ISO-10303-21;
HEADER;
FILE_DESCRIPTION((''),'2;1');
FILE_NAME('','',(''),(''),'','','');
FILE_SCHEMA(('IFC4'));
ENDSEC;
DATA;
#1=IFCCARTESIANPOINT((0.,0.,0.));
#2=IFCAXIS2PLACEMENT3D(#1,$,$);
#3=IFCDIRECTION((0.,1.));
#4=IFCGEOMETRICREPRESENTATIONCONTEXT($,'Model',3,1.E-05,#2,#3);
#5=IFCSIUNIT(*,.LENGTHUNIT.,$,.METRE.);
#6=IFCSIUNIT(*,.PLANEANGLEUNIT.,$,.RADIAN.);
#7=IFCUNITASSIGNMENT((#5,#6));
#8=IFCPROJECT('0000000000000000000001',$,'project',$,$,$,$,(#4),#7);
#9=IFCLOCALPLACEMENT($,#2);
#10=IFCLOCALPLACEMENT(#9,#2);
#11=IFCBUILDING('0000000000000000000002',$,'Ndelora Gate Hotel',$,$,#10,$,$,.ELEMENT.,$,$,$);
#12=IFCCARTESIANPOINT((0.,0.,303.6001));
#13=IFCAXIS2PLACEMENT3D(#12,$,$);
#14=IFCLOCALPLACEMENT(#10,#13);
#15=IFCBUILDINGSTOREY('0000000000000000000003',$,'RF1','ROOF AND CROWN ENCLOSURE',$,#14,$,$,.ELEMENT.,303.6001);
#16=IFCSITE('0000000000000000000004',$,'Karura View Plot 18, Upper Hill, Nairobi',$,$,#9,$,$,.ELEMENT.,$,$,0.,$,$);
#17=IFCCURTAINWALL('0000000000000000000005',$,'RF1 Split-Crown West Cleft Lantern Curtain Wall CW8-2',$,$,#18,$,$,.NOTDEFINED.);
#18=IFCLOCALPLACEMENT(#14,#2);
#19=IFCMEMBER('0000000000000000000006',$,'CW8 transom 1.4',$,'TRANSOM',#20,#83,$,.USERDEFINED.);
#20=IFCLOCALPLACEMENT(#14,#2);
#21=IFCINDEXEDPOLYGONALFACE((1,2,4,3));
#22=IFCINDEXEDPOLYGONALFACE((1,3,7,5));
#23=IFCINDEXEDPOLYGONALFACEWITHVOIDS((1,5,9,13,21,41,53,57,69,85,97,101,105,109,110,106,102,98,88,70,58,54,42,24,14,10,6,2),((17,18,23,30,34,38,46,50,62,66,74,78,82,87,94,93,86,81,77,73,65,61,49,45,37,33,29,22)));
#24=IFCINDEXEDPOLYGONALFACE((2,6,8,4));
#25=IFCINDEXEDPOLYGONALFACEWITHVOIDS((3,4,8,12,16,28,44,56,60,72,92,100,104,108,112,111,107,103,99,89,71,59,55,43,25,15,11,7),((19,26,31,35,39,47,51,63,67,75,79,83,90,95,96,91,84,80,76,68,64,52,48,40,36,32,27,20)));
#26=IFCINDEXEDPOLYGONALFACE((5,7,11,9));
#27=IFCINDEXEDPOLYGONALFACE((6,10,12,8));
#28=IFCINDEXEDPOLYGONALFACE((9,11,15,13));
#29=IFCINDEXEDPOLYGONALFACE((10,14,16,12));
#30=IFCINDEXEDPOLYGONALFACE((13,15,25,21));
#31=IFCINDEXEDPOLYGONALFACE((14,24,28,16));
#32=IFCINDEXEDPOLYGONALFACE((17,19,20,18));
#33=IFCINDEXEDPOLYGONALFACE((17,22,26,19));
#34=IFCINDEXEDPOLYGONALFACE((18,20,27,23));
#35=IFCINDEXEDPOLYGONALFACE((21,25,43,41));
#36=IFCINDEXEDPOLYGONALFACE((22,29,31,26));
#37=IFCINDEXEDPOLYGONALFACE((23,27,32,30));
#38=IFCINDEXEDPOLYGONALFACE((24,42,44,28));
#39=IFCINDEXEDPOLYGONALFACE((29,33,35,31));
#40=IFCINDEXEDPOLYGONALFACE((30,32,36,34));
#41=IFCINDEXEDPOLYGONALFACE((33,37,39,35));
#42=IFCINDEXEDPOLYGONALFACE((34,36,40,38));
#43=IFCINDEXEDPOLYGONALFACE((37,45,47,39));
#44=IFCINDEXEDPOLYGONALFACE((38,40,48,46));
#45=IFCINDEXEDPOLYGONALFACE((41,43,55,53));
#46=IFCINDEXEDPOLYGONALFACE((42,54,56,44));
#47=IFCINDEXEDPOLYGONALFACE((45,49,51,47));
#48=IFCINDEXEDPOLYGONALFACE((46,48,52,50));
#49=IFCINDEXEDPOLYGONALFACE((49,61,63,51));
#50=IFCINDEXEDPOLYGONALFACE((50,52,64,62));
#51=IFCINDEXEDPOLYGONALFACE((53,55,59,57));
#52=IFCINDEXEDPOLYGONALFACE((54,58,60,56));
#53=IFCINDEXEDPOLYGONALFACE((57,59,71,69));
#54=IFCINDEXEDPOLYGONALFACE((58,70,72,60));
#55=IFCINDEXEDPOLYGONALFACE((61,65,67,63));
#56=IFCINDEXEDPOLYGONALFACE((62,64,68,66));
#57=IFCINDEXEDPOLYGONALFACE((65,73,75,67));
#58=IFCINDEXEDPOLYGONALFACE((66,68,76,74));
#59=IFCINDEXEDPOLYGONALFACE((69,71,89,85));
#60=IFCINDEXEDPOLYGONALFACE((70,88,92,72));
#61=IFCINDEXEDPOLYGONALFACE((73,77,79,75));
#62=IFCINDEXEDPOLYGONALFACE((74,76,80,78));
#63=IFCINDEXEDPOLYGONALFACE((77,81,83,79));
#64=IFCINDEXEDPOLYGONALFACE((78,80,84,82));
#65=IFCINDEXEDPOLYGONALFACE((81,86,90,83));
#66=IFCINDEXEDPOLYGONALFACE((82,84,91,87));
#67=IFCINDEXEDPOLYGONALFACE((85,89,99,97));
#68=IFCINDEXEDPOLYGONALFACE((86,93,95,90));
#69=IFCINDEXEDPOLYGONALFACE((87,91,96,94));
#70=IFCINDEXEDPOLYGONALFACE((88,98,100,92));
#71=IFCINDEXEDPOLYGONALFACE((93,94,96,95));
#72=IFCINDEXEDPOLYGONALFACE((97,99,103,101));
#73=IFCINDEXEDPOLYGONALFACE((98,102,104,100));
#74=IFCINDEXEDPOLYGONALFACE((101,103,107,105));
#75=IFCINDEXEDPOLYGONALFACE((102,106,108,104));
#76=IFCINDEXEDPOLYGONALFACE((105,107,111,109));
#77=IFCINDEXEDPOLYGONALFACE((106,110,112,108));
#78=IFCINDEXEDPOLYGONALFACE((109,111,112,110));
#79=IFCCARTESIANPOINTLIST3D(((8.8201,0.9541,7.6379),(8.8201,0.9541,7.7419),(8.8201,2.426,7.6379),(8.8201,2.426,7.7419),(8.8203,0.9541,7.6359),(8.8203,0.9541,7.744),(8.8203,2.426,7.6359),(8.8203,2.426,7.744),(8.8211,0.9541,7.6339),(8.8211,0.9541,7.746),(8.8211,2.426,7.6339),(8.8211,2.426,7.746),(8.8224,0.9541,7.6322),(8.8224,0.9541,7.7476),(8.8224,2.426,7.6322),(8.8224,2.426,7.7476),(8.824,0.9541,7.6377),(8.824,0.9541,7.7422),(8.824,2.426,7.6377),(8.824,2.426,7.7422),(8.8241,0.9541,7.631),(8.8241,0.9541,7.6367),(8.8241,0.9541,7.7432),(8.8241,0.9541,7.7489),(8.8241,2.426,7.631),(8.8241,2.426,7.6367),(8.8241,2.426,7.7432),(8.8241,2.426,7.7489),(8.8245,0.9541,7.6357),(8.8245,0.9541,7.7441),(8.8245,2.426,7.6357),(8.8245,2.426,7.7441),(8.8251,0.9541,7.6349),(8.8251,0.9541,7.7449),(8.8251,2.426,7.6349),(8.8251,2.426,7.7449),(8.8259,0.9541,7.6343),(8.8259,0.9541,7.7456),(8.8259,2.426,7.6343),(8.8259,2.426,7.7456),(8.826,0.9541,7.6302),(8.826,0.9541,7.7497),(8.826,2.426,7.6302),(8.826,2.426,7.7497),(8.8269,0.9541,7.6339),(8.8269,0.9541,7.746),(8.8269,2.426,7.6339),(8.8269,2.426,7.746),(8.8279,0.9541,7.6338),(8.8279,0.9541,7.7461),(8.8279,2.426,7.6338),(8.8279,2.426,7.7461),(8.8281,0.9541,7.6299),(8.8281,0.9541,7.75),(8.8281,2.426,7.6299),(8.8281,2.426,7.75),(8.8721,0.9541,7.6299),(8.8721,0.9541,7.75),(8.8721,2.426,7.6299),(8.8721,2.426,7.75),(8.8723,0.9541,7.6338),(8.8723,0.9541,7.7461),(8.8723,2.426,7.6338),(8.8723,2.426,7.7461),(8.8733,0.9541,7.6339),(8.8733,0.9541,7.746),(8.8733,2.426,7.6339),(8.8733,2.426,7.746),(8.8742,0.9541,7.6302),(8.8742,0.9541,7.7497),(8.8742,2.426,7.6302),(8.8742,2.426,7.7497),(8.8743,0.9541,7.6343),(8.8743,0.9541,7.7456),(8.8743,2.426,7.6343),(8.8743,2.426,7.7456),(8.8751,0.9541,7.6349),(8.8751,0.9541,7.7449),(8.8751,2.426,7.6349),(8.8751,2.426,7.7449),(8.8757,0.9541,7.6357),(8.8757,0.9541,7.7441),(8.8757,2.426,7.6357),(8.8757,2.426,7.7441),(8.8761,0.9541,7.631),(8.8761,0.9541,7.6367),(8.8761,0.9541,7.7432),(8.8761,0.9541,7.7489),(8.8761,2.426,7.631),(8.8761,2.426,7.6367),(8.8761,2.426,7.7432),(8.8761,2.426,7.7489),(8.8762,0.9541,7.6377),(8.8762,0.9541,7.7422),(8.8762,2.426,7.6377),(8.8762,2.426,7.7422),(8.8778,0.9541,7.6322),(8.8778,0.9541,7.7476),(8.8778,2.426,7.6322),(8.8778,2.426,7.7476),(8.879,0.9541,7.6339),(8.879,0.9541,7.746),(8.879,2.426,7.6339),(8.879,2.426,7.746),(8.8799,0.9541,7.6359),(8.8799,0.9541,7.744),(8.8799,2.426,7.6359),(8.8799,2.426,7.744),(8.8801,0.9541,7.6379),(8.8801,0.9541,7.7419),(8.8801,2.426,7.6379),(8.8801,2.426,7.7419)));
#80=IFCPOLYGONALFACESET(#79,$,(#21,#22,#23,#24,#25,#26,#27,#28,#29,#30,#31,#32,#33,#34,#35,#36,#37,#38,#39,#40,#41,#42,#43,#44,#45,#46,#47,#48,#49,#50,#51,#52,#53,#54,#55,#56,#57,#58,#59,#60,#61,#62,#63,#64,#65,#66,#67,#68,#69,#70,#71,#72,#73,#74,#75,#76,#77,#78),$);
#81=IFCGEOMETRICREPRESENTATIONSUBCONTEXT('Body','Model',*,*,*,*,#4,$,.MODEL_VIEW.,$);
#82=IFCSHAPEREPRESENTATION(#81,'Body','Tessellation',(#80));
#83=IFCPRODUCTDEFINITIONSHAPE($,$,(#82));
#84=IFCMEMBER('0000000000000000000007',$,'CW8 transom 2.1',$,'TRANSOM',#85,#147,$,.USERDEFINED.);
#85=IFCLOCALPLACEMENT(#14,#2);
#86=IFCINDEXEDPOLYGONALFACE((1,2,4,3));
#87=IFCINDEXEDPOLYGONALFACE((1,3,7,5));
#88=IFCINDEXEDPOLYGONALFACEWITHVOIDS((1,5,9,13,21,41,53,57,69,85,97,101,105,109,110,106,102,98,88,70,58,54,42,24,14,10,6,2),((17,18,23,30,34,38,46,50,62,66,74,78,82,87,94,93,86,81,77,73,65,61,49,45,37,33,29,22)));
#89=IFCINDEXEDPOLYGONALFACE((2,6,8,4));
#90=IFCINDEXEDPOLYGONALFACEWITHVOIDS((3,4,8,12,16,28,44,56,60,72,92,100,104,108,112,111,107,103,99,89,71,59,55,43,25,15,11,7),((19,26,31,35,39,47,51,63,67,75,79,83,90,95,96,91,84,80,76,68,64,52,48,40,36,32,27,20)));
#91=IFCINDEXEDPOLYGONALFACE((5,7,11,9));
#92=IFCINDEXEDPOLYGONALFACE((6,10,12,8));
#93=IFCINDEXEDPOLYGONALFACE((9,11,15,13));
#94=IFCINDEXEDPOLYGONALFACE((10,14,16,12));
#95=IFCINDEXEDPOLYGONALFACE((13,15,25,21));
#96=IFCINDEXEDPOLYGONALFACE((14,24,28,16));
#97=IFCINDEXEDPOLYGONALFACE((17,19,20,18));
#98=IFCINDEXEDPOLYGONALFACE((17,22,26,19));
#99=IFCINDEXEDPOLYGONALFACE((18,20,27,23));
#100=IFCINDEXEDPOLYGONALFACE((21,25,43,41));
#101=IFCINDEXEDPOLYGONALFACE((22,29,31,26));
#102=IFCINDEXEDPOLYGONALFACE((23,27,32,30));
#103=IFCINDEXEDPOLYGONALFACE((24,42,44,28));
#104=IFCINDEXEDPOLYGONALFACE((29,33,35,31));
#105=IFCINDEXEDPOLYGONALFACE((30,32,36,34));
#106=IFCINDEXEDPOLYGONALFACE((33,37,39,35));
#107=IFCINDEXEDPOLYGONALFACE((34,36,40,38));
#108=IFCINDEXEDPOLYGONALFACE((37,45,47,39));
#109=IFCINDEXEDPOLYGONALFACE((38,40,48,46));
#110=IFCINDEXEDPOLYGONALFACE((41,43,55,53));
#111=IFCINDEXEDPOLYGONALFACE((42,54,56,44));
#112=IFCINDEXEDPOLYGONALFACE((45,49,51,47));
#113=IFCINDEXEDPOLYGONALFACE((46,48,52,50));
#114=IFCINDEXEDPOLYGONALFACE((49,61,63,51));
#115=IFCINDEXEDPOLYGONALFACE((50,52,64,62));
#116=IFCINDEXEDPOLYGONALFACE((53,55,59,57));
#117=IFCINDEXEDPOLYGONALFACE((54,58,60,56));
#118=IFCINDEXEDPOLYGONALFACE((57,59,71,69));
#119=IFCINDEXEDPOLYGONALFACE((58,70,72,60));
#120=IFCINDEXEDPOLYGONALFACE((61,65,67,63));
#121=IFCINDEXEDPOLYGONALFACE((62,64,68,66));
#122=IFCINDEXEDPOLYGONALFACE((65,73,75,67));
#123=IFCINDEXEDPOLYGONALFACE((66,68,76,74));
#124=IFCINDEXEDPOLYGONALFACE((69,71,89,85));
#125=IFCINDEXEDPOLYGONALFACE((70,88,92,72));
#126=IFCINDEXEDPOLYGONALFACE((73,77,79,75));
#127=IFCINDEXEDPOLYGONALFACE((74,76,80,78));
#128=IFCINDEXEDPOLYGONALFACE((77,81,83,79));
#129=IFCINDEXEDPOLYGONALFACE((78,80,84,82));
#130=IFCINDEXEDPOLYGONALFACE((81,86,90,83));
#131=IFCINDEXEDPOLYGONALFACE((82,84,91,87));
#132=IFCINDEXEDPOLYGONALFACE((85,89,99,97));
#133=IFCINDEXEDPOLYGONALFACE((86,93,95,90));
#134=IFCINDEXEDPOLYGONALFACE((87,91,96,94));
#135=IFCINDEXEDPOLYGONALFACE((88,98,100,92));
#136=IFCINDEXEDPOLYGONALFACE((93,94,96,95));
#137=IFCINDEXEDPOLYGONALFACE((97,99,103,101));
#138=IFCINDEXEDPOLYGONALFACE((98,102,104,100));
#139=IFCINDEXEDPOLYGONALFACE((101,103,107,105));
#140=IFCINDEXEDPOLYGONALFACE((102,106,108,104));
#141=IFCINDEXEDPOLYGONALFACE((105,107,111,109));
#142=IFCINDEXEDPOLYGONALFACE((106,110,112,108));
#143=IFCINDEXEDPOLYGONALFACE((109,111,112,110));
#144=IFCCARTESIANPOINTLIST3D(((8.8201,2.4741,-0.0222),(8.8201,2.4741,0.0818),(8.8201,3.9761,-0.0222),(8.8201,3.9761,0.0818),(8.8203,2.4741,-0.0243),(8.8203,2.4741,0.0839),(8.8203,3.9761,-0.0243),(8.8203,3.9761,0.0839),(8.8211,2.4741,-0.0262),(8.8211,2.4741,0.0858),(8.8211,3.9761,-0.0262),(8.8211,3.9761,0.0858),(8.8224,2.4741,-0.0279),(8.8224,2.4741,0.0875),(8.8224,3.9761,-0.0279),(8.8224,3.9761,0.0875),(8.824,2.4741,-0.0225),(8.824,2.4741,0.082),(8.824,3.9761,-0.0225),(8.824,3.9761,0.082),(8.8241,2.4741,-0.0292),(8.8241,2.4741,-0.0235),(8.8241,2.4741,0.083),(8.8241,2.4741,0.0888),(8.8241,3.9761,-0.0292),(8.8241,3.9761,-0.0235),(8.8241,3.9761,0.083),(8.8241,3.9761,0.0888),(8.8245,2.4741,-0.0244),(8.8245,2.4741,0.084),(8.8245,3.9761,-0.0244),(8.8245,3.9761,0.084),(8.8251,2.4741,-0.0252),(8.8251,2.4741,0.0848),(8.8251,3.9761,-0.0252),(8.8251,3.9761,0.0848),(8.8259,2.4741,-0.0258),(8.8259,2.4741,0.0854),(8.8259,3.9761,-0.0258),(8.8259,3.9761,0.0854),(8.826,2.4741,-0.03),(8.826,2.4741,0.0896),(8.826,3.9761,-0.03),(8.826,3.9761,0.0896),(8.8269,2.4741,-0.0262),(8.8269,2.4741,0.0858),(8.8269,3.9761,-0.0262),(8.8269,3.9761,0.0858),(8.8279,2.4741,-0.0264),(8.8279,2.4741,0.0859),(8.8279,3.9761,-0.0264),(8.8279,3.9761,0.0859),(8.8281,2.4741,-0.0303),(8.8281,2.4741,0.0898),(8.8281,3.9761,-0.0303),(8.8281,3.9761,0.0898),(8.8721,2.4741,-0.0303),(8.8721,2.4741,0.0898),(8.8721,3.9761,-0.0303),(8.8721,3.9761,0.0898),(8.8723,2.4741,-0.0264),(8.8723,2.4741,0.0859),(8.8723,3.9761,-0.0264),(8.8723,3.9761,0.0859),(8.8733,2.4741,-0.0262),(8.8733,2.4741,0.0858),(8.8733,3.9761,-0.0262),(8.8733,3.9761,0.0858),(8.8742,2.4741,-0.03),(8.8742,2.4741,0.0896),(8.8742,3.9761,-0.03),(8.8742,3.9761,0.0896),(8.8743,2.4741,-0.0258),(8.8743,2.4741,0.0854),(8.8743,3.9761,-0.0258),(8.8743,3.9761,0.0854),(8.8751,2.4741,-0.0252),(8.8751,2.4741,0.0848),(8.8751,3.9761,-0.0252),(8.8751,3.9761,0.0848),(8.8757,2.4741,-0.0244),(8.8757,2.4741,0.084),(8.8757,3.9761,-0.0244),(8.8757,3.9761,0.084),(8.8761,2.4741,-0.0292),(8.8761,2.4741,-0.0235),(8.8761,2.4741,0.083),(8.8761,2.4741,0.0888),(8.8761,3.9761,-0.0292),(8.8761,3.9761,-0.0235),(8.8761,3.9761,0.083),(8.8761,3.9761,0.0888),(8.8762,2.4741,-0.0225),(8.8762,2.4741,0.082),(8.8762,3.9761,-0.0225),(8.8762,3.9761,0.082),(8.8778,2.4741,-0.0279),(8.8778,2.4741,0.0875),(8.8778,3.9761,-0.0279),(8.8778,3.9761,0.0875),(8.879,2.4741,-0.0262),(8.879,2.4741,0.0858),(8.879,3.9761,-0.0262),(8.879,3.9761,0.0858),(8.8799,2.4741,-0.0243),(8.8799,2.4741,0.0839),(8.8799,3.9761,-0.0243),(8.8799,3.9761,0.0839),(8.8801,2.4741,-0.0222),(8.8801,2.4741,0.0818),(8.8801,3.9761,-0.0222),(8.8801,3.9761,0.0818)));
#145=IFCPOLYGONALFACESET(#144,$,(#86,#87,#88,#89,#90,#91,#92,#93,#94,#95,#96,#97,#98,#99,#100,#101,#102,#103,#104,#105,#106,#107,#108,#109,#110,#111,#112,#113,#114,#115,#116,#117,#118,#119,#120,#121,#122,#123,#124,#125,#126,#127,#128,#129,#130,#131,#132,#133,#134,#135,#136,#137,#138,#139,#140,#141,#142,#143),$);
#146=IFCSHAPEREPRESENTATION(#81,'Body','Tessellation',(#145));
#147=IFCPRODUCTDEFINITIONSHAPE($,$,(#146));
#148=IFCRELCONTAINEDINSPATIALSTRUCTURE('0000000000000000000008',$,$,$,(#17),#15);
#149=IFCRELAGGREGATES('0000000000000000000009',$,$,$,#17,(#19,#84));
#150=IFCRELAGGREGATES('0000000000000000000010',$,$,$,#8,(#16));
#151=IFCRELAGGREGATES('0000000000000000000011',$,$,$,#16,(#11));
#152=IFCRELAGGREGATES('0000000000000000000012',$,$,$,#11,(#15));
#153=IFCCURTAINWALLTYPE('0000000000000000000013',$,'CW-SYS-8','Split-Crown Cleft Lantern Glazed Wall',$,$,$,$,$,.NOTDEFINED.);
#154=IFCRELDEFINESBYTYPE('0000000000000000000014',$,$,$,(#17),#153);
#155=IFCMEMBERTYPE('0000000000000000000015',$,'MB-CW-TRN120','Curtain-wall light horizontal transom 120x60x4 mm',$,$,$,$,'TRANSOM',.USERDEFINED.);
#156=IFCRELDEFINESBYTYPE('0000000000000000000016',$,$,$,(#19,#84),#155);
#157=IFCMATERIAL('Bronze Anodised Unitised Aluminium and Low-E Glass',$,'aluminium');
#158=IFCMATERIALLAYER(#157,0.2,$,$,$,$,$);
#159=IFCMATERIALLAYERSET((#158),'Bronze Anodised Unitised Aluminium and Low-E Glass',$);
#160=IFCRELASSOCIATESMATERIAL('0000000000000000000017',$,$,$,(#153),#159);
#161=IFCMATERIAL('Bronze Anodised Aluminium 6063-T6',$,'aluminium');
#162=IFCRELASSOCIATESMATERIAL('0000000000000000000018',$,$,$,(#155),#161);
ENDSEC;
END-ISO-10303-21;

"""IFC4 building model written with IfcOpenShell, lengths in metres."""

from ifc_helpers import new_model, si_unit, direction, frame, origin, origin_2d, place, context, subcontext, project, spatial, hollow_rectangle, extrude, material, layer, layer_set, material_profile, profile_set, type_object, element, aggregate, save


model = new_model("IFC4")

# Units and contexts
model_context = context("Model", 3, precision=1e-05, world=origin(), true_north=direction((0.0, 1.0)))
body_context = subcontext(model_context, "Body", "Model", "MODEL_VIEW")
ifc_project = project(units=[si_unit("LENGTHUNIT", "METRE"), si_unit("PLANEANGLEUNIT", "RADIAN")], contexts=[model_context])

# Site, building, storey
site_placement = place(None, origin())
site = spatial("IfcSite", under=ifc_project, at=site_placement, Name="Karura View Plot 18, Upper Hill, Nairobi", CompositionType="ELEMENT", RefElevation=0.0)
building_placement = place(site_placement, origin())
building = spatial("IfcBuilding", under=site, at=building_placement, Name="Ndelora Gate Hotel", CompositionType="ELEMENT")
storey_placement = place(building_placement, frame((0.0, 0.0, 303.6001)))
storey = spatial("IfcBuildingStorey", under=building, at=storey_placement, Name="RF1", Description="ROOF AND CROWN ENCLOSURE", CompositionType="ELEMENT", Elevation=303.6001)

# Curtain wall
ifc_material_1 = material(Name="Bronze Anodised Unitised Aluminium and Low-E Glass", Category="aluminium")
ifc_layer_1 = layer(ifc_material_1, 0.2)
ifc_layer_set_1 = layer_set([ifc_layer_1], Name="Bronze Anodised Unitised Aluminium and Low-E Glass")
curtain_wall_type = type_object("IfcCurtainWallType", Name="CW-SYS-8", Description="Split-Crown Cleft Lantern Glazed Wall", PredefinedType="NOTDEFINED", material=ifc_layer_set_1)
curtain_wall_1_placement = place(storey_placement, origin())
curtain_wall_1 = element("IfcCurtainWall", 1, at=curtain_wall_1_placement, inside=storey, type_object=curtain_wall_type, Name="RF1 Split-Crown West Cleft Lantern Curtain Wall CW8-2", PredefinedType="NOTDEFINED")
ifc_material_2 = material(Name="Bronze Anodised Aluminium 6063-T6", Category="aluminium")

# Members
ifc_material_profile_1 = material_profile(ifc_material_2, hollow_rectangle(XDim=0.0601, YDim=0.1201, WallThickness=0.0039, InnerFilletRadius=0.0039, OuterFilletRadius=0.0081, at=origin_2d()), Name="ALU 120x60x4")
ifc_profile_set_1 = profile_set([ifc_material_profile_1], Name="Bronze Anodised Aluminium 6063-T6")
member_type_1 = type_object("IfcMemberType", Name="MB-CW-TRN120", Description="Curtain-wall light horizontal transom 120x60x4 mm", ElementType="TRANSOM", PredefinedType="USERDEFINED", material=ifc_profile_set_1)
member_1_placement = place(storey_placement, frame((8.8501, 0.9541, 7.6899), z_axis=(0.0, 1.0, 0.0), x_axis=(-1.0, 0.0, 0.0)))
member_1 = element("IfcMember", 2, at=member_1_placement, type_object=member_type_1, Name="CW8 transom 1.4", ObjectType="TRANSOM", PredefinedType="USERDEFINED", context=body_context, shape_type="SweptSolid", body=[
    extrude(hollow_rectangle(XDim=0.0601, YDim=0.1201, WallThickness=0.0039, InnerFilletRadius=0.0039, OuterFilletRadius=0.0081, at=origin_2d()), origin(), (0.0, 0.0, 1.0), 1.4719),
])
member_2_placement = place(storey_placement, frame((8.8501, 2.4741, 0.0298), z_axis=(0.0, 1.0, 0.0), x_axis=(-1.0, 0.0, 0.0)))
member_2 = element("IfcMember", 3, at=member_2_placement, type_object=member_type_1, Name="CW8 transom 2.1", ObjectType="TRANSOM", PredefinedType="USERDEFINED", context=body_context, shape_type="SweptSolid", body=[
    extrude(hollow_rectangle(XDim=0.0601, YDim=0.1201, WallThickness=0.0039, InnerFilletRadius=0.0039, OuterFilletRadius=0.0081, at=origin_2d()), origin(), (0.0, 0.0, 1.0), 1.502),
])

aggregate(curtain_wall_1, [member_1, member_2])

save(model, "model.ifc")
